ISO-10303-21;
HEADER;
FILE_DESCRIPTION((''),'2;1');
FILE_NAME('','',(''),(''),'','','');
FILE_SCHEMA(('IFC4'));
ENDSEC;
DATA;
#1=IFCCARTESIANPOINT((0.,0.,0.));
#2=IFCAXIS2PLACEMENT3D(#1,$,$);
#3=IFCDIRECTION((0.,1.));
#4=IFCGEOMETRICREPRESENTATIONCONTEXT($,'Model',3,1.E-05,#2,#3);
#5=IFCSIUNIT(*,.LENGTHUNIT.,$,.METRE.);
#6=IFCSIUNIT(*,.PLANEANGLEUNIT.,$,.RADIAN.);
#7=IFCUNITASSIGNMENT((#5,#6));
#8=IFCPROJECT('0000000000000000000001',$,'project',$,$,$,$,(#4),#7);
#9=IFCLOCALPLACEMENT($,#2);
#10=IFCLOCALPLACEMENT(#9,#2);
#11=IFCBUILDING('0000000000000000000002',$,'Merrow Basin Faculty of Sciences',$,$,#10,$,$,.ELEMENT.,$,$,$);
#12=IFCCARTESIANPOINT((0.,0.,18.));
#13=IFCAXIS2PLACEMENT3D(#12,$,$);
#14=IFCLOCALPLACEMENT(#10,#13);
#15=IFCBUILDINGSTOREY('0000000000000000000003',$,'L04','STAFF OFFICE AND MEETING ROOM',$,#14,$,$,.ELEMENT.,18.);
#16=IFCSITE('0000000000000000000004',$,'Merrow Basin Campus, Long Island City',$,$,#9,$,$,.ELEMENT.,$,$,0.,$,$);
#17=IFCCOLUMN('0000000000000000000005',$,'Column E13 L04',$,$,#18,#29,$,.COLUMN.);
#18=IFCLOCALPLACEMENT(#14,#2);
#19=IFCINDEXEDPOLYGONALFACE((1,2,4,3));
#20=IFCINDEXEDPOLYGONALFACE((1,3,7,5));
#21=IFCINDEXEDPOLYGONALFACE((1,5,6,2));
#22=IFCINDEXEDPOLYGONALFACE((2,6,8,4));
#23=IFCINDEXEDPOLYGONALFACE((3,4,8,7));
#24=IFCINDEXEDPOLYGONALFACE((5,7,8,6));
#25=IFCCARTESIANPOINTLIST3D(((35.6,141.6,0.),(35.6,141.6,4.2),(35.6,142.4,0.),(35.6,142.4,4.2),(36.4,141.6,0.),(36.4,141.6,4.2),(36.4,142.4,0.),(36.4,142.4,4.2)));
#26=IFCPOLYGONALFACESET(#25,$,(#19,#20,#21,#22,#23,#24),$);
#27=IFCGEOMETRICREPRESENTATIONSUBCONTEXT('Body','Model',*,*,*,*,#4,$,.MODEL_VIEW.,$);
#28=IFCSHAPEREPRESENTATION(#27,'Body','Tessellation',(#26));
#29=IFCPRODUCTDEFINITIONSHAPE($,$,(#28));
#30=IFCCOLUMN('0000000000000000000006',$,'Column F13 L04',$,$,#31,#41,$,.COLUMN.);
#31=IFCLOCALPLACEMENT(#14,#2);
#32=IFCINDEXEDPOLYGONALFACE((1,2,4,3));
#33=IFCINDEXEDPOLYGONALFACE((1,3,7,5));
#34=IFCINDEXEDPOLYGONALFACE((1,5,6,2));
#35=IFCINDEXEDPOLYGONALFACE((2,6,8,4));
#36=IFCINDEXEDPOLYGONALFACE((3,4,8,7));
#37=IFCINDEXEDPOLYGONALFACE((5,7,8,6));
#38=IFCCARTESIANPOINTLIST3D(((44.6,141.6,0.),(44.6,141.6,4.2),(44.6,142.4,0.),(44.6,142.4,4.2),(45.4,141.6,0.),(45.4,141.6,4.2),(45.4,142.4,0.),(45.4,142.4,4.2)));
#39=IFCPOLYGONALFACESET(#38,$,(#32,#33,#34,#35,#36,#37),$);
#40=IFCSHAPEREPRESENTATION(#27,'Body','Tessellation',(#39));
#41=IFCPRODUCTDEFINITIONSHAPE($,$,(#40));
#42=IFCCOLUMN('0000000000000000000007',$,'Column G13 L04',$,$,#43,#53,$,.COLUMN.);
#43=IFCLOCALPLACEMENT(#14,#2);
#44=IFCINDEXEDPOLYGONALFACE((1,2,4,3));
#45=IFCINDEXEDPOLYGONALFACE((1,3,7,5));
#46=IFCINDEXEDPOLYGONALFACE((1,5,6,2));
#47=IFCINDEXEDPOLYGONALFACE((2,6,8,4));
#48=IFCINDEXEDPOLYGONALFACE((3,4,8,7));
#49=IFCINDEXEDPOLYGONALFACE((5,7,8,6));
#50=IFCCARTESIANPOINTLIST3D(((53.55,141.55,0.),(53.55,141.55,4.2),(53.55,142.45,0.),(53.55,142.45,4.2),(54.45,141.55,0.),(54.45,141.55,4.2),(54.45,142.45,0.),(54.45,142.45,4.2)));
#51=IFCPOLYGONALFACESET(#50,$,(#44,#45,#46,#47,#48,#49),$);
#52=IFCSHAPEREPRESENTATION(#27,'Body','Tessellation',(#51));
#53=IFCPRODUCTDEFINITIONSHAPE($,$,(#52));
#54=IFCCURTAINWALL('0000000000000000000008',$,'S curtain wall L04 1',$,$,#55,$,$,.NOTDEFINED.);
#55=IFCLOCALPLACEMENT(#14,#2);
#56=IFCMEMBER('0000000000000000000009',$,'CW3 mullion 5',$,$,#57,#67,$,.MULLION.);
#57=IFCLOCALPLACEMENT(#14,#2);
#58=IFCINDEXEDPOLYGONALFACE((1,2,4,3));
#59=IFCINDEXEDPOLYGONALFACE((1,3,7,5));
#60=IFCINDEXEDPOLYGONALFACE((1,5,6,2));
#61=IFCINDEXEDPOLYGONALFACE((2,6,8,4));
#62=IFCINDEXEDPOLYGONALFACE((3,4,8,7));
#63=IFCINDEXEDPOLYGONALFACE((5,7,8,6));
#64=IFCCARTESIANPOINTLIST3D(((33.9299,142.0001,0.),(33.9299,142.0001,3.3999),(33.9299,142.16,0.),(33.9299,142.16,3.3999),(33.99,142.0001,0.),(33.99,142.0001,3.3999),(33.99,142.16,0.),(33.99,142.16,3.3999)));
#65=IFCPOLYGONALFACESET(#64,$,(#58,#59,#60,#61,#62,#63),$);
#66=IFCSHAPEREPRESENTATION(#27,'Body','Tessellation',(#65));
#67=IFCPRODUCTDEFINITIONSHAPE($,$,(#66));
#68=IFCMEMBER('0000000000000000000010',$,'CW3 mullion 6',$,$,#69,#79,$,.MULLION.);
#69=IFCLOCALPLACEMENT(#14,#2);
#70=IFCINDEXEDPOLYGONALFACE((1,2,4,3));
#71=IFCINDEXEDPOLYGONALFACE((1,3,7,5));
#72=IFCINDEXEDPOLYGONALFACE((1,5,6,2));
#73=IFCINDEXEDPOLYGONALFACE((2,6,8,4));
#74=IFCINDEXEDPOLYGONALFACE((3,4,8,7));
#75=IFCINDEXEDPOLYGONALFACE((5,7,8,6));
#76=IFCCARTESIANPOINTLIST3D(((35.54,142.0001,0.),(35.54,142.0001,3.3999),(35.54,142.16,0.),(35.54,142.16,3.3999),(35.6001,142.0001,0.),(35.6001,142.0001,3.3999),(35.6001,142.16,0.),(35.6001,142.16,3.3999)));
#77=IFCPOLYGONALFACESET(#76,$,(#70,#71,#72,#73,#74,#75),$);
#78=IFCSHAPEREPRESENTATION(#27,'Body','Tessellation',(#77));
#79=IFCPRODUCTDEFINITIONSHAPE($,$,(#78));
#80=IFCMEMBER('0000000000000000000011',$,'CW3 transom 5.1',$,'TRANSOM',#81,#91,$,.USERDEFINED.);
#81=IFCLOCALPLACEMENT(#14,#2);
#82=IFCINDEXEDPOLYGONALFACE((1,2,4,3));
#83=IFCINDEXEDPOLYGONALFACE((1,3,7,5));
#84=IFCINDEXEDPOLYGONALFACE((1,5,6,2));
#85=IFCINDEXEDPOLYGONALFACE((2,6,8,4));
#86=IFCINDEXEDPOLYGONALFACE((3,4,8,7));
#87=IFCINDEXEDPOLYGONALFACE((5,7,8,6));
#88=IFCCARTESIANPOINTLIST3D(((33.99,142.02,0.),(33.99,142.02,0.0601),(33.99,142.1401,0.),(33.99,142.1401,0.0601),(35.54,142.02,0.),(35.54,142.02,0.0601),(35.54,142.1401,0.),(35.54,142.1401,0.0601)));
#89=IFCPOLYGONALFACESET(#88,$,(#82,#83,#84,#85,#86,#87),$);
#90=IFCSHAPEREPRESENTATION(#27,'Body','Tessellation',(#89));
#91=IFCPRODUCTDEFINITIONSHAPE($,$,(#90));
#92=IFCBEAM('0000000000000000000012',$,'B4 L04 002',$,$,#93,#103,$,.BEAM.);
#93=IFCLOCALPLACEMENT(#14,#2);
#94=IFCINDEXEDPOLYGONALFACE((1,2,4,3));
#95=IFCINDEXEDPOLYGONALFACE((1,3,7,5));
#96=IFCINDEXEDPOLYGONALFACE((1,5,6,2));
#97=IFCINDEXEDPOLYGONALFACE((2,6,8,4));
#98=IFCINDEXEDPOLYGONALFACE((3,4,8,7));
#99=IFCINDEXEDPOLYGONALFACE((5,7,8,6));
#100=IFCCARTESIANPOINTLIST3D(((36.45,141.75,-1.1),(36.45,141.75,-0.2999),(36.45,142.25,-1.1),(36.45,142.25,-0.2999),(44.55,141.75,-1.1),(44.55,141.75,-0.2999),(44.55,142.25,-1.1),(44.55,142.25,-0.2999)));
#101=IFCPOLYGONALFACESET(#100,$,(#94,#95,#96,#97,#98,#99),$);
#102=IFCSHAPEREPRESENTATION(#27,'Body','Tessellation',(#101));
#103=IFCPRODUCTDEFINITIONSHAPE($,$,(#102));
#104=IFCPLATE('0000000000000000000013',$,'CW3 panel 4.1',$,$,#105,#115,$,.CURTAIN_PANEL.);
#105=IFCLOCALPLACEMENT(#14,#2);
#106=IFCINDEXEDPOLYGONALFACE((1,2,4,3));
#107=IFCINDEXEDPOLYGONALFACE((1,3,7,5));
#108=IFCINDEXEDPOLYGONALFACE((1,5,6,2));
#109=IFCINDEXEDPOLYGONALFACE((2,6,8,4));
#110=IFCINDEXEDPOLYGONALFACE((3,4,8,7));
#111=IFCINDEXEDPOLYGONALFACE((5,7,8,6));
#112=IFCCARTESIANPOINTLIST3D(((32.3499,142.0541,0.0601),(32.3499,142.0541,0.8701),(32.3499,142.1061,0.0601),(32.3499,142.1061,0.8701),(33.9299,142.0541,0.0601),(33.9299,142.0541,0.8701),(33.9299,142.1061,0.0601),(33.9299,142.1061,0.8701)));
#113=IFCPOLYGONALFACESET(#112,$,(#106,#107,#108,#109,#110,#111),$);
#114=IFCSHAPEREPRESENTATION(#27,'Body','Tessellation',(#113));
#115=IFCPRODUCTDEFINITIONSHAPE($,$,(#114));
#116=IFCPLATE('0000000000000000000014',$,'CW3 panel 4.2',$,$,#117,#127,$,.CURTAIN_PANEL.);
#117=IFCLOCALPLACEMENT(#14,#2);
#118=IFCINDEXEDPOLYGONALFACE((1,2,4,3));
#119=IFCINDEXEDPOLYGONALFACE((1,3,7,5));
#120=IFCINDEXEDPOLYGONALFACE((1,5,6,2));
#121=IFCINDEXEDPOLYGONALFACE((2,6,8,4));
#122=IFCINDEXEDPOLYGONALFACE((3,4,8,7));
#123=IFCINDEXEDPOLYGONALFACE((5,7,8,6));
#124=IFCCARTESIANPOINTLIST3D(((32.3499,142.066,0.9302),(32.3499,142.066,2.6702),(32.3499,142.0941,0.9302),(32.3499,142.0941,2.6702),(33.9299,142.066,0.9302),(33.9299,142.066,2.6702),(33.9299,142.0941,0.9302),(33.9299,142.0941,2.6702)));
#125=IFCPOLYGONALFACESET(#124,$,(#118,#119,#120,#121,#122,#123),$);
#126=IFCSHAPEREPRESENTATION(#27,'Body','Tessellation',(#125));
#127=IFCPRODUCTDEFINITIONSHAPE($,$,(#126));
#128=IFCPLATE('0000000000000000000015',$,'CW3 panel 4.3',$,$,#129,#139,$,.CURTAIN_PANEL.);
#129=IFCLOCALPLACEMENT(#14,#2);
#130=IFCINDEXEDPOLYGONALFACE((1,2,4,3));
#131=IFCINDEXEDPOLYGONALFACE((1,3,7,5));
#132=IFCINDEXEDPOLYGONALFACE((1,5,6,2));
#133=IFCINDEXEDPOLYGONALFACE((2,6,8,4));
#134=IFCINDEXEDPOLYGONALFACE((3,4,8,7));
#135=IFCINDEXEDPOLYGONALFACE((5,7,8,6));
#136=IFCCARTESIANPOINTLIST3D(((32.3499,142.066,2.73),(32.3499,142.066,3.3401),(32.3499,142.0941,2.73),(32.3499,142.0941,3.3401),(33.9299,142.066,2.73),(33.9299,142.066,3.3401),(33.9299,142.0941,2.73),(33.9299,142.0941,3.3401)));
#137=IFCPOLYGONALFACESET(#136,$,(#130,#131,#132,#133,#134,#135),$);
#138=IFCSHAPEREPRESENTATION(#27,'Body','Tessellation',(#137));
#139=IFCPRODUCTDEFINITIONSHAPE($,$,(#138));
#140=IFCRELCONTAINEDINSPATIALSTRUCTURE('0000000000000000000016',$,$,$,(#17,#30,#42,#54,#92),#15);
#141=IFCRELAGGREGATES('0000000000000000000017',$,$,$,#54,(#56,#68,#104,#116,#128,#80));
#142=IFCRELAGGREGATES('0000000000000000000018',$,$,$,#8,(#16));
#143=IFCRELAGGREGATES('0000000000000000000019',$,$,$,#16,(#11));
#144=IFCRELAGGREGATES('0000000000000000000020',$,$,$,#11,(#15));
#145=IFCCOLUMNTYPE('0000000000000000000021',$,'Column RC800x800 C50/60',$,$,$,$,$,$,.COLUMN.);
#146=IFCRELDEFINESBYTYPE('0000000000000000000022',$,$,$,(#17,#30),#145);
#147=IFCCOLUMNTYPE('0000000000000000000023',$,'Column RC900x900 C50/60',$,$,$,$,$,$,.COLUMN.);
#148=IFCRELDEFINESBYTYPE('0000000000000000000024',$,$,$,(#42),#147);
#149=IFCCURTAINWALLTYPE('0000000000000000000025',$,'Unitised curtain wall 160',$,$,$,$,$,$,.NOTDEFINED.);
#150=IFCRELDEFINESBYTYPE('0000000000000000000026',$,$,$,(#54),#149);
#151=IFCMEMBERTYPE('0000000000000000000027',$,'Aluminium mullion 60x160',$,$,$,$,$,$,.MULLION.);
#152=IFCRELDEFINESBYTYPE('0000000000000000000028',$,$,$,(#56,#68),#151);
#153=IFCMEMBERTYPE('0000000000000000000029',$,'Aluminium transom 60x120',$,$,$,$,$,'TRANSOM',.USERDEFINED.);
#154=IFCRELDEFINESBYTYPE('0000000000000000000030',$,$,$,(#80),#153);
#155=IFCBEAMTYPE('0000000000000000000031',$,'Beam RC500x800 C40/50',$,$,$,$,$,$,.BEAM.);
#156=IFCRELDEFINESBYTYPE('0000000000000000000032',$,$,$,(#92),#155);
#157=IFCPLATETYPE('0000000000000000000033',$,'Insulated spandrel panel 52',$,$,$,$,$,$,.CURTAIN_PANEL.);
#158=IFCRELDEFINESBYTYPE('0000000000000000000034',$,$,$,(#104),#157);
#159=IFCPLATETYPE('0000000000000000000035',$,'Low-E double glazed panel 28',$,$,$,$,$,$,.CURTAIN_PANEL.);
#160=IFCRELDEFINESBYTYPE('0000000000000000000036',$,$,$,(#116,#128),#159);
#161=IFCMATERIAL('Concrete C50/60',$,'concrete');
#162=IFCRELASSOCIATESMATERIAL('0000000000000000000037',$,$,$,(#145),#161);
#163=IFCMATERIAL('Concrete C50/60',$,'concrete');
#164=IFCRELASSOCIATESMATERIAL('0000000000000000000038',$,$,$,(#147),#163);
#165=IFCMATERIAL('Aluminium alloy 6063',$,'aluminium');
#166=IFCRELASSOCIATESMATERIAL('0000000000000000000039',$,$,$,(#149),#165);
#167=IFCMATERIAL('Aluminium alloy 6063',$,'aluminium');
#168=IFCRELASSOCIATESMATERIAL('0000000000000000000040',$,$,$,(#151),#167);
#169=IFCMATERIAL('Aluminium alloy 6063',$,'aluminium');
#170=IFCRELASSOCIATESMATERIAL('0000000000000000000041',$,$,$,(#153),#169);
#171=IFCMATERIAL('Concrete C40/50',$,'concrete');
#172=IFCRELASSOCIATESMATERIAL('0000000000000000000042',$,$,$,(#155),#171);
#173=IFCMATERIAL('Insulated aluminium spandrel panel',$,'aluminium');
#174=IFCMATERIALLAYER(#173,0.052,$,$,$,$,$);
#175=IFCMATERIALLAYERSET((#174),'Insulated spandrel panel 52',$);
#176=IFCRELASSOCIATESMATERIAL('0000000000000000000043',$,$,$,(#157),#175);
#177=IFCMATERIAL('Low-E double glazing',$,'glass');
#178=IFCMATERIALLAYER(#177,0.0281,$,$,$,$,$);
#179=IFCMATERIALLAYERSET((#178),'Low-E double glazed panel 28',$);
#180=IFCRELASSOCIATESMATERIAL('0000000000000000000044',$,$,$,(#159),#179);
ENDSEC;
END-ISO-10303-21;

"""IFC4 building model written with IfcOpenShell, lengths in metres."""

from ifc_helpers import new_model, si_unit, direction, frame, origin, origin_2d, place, context, subcontext, project, spatial, rectangle, extrude, material, layer, layer_set, material_profile, profile_set, type_object, element, aggregate, save


model = new_model("IFC4")

# Units and contexts
model_context = context("Model", 3, precision=1e-05, world=origin(), true_north=direction((0.0, 1.0)))
body_context = subcontext(model_context, "Body", "Model", "MODEL_VIEW")
ifc_project = project(units=[si_unit("LENGTHUNIT", "METRE"), si_unit("PLANEANGLEUNIT", "RADIAN")], contexts=[model_context])

# Site, building, storey
site_placement = place(None, origin())
site = spatial("IfcSite", under=ifc_project, at=site_placement, Name="Merrow Basin Campus, Long Island City", CompositionType="ELEMENT", RefElevation=0.0)
building_placement = place(site_placement, origin())
building = spatial("IfcBuilding", under=site, at=building_placement, Name="Merrow Basin Faculty of Sciences", CompositionType="ELEMENT")
storey_placement = place(building_placement, frame((0.0, 0.0, 18.0)))
storey = spatial("IfcBuildingStorey", under=building, at=storey_placement, Name="L04", Description="STAFF OFFICE AND MEETING ROOM", CompositionType="ELEMENT", Elevation=18.0)

# Columns
ifc_material_1 = material(Name="Concrete C50/60", Category="concrete")
ifc_material_profile_1 = material_profile(ifc_material_1, rectangle(XDim=0.8, YDim=0.8, at=origin_2d()))
ifc_profile_set_1 = profile_set([ifc_material_profile_1], Name="Concrete C50/60")
column_type_1 = type_object("IfcColumnType", Name="Column RC800x800 C50/60", PredefinedType="COLUMN", material=ifc_profile_set_1)
for number, where, z_axis, x_axis, name in (
    (1, (36.0, 142.0, 0.0), (0.0, 0.0, 1.0), (1.0, 0.0, 0.0), "Column E13 L04"),
    (2, (45.0, 142.0, 0.0), (0.0, 0.0, 1.0), (1.0, 0.0, 0.0), "Column F13 L04"),
):
    element("IfcColumn", number, at=place(storey_placement, frame(where, z_axis=z_axis, x_axis=x_axis)), inside=storey, type_object=column_type_1, Name=name, PredefinedType="COLUMN", context=body_context, shape_type="SweptSolid", body=[
        extrude(rectangle(XDim=0.8, YDim=0.8, at=origin_2d()), origin(), (0.0, 0.0, 1.0), 4.2),
    ])
ifc_material_2 = material(Name="Concrete C50/60", Category="concrete")
ifc_material_profile_2 = material_profile(ifc_material_2, rectangle(XDim=0.8999, YDim=0.8999, at=origin_2d()))
ifc_profile_set_2 = profile_set([ifc_material_profile_2], Name="Concrete C50/60")
column_type_2 = type_object("IfcColumnType", Name="Column RC900x900 C50/60", PredefinedType="COLUMN", material=ifc_profile_set_2)
column_placement = place(storey_placement, frame((54.0, 142.0, 0.0), z_axis=(0.0, 0.0, 1.0), x_axis=(1.0, 0.0, 0.0)))
element("IfcColumn", 3, at=column_placement, inside=storey, type_object=column_type_2, Name="Column G13 L04", PredefinedType="COLUMN", context=body_context, shape_type="SweptSolid", body=[
    extrude(rectangle(XDim=0.8999, YDim=0.8999, at=origin_2d()), origin(), (0.0, 0.0, 1.0), 4.2),
])

# Curtain wall, members
ifc_material_3 = material(Name="Aluminium alloy 6063", Category="aluminium")
curtain_wall_type = type_object("IfcCurtainWallType", Name="Unitised curtain wall 160", PredefinedType="NOTDEFINED", material=ifc_material_3)
curtain_wall_placement = place(storey_placement, origin())
curtain_wall = element("IfcCurtainWall", 4, at=curtain_wall_placement, inside=storey, type_object=curtain_wall_type, Name="S curtain wall L04 1", PredefinedType="NOTDEFINED")
ifc_material_4 = material(Name="Aluminium alloy 6063", Category="aluminium")
ifc_material_profile_3 = material_profile(ifc_material_4, rectangle(XDim=0.1599, YDim=0.0601, at=origin_2d()))
ifc_profile_set_3 = profile_set([ifc_material_profile_3], Name="Aluminium alloy 6063")
member_type_1 = type_object("IfcMemberType", Name="Aluminium mullion 60x160", PredefinedType="MULLION", material=ifc_profile_set_3)
member_1_placement = place(storey_placement, frame((33.96, 142.0801, 0.0), z_axis=(0.0, 0.0, 1.0), x_axis=(0.0, 1.0, 0.0)))
member_1 = element("IfcMember", 5, at=member_1_placement, type_object=member_type_1, Name="CW3 mullion 5", PredefinedType="MULLION", context=body_context, shape_type="SweptSolid", body=[
    extrude(rectangle(XDim=0.1599, YDim=0.0601, at=origin_2d()), origin(), (0.0, 0.0, 1.0), 3.3999),
])
member_2_placement = place(storey_placement, frame((35.5701, 142.0801, 0.0), z_axis=(0.0, 0.0, 1.0), x_axis=(0.0, 1.0, 0.0)))
member_2 = element("IfcMember", 6, at=member_2_placement, type_object=member_type_1, Name="CW3 mullion 6", PredefinedType="MULLION", context=body_context, shape_type="SweptSolid", body=[
    extrude(rectangle(XDim=0.1599, YDim=0.0601, at=origin_2d()), origin(), (0.0, 0.0, 1.0), 3.3999),
])
ifc_material_5 = material(Name="Aluminium alloy 6063", Category="aluminium")
ifc_material_profile_4 = material_profile(ifc_material_5, rectangle(XDim=0.1201, YDim=0.0601, at=origin_2d()))
ifc_profile_set_4 = profile_set([ifc_material_profile_4], Name="Aluminium alloy 6063")
member_type_2 = type_object("IfcMemberType", Name="Aluminium transom 60x120", ElementType="TRANSOM", PredefinedType="USERDEFINED", material=ifc_profile_set_4)
member_3_placement = place(storey_placement, frame((33.99, 142.0801, 0.03), z_axis=(1.0, 0.0, 0.0), x_axis=(0.0, 1.0, 0.0)))
member_3 = element("IfcMember", 7, at=member_3_placement, type_object=member_type_2, Name="CW3 transom 5.1", ObjectType="TRANSOM", PredefinedType="USERDEFINED", context=body_context, shape_type="SweptSolid", body=[
    extrude(rectangle(XDim=0.1201, YDim=0.0601, at=origin_2d()), origin(), (0.0, 0.0, 1.0), 1.55),
])

# Beam
ifc_material_6 = material(Name="Concrete C40/50", Category="concrete")
ifc_material_profile_5 = material_profile(ifc_material_6, rectangle(XDim=0.5, YDim=0.8, at=origin_2d()))
ifc_profile_set_5 = profile_set([ifc_material_profile_5], Name="Concrete C40/50")
beam_type = type_object("IfcBeamType", Name="Beam RC500x800 C40/50", PredefinedType="BEAM", material=ifc_profile_set_5)
beam_placement = place(storey_placement, frame((36.45, 142.0, -0.7), z_axis=(1.0, 0.0, 0.0), x_axis=(0.0, 1.0, 0.0)))
element("IfcBeam", 8, at=beam_placement, inside=storey, type_object=beam_type, Name="B4 L04 002", PredefinedType="BEAM", context=body_context, shape_type="SweptSolid", body=[
    extrude(rectangle(XDim=0.5, YDim=0.8, at=origin_2d()), origin(), (0.0, 0.0, 1.0), 8.1001),
])

# Plates
ifc_material_7 = material(Name="Insulated aluminium spandrel panel", Category="aluminium")
ifc_layer_1 = layer(ifc_material_7, 0.052)
ifc_layer_set_1 = layer_set([ifc_layer_1], Name="Insulated spandrel panel 52")
plate_type_1 = type_object("IfcPlateType", Name="Insulated spandrel panel 52", PredefinedType="CURTAIN_PANEL", material=ifc_layer_set_1)
plate_1_placement = place(storey_placement, frame((33.1399, 142.0801, 0.0601), z_axis=(0.0, 0.0, 1.0), x_axis=(1.0, 0.0, 0.0)))
plate_1 = element("IfcPlate", 9, at=plate_1_placement, type_object=plate_type_1, Name="CW3 panel 4.1", PredefinedType="CURTAIN_PANEL", context=body_context, shape_type="SweptSolid", body=[
    extrude(rectangle(XDim=1.5801, YDim=0.052, at=origin_2d()), origin(), (0.0, 0.0, 1.0), 0.8101),
])
ifc_material_8 = material(Name="Low-E double glazing", Category="glass")
ifc_layer_2 = layer(ifc_material_8, 0.0281)
ifc_layer_set_2 = layer_set([ifc_layer_2], Name="Low-E double glazed panel 28")
plate_type_2 = type_object("IfcPlateType", Name="Low-E double glazed panel 28", PredefinedType="CURTAIN_PANEL", material=ifc_layer_set_2)
plate_2_placement = place(storey_placement, frame((33.1399, 142.0801, 0.9302), z_axis=(0.0, 0.0, 1.0), x_axis=(1.0, 0.0, 0.0)))
plate_2 = element("IfcPlate", 10, at=plate_2_placement, type_object=plate_type_2, Name="CW3 panel 4.2", PredefinedType="CURTAIN_PANEL", context=body_context, shape_type="SweptSolid", body=[
    extrude(rectangle(XDim=1.5801, YDim=0.0281, at=origin_2d()), origin(), (0.0, 0.0, 1.0), 1.74),
])
plate_3_placement = place(storey_placement, frame((33.1399, 142.0801, 2.73), z_axis=(0.0, 0.0, 1.0), x_axis=(1.0, 0.0, 0.0)))
plate_3 = element("IfcPlate", 11, at=plate_3_placement, type_object=plate_type_2, Name="CW3 panel 4.3", PredefinedType="CURTAIN_PANEL", context=body_context, shape_type="SweptSolid", body=[
    extrude(rectangle(XDim=1.5801, YDim=0.0281, at=origin_2d()), origin(), (0.0, 0.0, 1.0), 0.6101),
])
aggregate(curtain_wall, [member_1, member_2, plate_1, plate_2, plate_3, member_3])

save(model, "model.ifc")
